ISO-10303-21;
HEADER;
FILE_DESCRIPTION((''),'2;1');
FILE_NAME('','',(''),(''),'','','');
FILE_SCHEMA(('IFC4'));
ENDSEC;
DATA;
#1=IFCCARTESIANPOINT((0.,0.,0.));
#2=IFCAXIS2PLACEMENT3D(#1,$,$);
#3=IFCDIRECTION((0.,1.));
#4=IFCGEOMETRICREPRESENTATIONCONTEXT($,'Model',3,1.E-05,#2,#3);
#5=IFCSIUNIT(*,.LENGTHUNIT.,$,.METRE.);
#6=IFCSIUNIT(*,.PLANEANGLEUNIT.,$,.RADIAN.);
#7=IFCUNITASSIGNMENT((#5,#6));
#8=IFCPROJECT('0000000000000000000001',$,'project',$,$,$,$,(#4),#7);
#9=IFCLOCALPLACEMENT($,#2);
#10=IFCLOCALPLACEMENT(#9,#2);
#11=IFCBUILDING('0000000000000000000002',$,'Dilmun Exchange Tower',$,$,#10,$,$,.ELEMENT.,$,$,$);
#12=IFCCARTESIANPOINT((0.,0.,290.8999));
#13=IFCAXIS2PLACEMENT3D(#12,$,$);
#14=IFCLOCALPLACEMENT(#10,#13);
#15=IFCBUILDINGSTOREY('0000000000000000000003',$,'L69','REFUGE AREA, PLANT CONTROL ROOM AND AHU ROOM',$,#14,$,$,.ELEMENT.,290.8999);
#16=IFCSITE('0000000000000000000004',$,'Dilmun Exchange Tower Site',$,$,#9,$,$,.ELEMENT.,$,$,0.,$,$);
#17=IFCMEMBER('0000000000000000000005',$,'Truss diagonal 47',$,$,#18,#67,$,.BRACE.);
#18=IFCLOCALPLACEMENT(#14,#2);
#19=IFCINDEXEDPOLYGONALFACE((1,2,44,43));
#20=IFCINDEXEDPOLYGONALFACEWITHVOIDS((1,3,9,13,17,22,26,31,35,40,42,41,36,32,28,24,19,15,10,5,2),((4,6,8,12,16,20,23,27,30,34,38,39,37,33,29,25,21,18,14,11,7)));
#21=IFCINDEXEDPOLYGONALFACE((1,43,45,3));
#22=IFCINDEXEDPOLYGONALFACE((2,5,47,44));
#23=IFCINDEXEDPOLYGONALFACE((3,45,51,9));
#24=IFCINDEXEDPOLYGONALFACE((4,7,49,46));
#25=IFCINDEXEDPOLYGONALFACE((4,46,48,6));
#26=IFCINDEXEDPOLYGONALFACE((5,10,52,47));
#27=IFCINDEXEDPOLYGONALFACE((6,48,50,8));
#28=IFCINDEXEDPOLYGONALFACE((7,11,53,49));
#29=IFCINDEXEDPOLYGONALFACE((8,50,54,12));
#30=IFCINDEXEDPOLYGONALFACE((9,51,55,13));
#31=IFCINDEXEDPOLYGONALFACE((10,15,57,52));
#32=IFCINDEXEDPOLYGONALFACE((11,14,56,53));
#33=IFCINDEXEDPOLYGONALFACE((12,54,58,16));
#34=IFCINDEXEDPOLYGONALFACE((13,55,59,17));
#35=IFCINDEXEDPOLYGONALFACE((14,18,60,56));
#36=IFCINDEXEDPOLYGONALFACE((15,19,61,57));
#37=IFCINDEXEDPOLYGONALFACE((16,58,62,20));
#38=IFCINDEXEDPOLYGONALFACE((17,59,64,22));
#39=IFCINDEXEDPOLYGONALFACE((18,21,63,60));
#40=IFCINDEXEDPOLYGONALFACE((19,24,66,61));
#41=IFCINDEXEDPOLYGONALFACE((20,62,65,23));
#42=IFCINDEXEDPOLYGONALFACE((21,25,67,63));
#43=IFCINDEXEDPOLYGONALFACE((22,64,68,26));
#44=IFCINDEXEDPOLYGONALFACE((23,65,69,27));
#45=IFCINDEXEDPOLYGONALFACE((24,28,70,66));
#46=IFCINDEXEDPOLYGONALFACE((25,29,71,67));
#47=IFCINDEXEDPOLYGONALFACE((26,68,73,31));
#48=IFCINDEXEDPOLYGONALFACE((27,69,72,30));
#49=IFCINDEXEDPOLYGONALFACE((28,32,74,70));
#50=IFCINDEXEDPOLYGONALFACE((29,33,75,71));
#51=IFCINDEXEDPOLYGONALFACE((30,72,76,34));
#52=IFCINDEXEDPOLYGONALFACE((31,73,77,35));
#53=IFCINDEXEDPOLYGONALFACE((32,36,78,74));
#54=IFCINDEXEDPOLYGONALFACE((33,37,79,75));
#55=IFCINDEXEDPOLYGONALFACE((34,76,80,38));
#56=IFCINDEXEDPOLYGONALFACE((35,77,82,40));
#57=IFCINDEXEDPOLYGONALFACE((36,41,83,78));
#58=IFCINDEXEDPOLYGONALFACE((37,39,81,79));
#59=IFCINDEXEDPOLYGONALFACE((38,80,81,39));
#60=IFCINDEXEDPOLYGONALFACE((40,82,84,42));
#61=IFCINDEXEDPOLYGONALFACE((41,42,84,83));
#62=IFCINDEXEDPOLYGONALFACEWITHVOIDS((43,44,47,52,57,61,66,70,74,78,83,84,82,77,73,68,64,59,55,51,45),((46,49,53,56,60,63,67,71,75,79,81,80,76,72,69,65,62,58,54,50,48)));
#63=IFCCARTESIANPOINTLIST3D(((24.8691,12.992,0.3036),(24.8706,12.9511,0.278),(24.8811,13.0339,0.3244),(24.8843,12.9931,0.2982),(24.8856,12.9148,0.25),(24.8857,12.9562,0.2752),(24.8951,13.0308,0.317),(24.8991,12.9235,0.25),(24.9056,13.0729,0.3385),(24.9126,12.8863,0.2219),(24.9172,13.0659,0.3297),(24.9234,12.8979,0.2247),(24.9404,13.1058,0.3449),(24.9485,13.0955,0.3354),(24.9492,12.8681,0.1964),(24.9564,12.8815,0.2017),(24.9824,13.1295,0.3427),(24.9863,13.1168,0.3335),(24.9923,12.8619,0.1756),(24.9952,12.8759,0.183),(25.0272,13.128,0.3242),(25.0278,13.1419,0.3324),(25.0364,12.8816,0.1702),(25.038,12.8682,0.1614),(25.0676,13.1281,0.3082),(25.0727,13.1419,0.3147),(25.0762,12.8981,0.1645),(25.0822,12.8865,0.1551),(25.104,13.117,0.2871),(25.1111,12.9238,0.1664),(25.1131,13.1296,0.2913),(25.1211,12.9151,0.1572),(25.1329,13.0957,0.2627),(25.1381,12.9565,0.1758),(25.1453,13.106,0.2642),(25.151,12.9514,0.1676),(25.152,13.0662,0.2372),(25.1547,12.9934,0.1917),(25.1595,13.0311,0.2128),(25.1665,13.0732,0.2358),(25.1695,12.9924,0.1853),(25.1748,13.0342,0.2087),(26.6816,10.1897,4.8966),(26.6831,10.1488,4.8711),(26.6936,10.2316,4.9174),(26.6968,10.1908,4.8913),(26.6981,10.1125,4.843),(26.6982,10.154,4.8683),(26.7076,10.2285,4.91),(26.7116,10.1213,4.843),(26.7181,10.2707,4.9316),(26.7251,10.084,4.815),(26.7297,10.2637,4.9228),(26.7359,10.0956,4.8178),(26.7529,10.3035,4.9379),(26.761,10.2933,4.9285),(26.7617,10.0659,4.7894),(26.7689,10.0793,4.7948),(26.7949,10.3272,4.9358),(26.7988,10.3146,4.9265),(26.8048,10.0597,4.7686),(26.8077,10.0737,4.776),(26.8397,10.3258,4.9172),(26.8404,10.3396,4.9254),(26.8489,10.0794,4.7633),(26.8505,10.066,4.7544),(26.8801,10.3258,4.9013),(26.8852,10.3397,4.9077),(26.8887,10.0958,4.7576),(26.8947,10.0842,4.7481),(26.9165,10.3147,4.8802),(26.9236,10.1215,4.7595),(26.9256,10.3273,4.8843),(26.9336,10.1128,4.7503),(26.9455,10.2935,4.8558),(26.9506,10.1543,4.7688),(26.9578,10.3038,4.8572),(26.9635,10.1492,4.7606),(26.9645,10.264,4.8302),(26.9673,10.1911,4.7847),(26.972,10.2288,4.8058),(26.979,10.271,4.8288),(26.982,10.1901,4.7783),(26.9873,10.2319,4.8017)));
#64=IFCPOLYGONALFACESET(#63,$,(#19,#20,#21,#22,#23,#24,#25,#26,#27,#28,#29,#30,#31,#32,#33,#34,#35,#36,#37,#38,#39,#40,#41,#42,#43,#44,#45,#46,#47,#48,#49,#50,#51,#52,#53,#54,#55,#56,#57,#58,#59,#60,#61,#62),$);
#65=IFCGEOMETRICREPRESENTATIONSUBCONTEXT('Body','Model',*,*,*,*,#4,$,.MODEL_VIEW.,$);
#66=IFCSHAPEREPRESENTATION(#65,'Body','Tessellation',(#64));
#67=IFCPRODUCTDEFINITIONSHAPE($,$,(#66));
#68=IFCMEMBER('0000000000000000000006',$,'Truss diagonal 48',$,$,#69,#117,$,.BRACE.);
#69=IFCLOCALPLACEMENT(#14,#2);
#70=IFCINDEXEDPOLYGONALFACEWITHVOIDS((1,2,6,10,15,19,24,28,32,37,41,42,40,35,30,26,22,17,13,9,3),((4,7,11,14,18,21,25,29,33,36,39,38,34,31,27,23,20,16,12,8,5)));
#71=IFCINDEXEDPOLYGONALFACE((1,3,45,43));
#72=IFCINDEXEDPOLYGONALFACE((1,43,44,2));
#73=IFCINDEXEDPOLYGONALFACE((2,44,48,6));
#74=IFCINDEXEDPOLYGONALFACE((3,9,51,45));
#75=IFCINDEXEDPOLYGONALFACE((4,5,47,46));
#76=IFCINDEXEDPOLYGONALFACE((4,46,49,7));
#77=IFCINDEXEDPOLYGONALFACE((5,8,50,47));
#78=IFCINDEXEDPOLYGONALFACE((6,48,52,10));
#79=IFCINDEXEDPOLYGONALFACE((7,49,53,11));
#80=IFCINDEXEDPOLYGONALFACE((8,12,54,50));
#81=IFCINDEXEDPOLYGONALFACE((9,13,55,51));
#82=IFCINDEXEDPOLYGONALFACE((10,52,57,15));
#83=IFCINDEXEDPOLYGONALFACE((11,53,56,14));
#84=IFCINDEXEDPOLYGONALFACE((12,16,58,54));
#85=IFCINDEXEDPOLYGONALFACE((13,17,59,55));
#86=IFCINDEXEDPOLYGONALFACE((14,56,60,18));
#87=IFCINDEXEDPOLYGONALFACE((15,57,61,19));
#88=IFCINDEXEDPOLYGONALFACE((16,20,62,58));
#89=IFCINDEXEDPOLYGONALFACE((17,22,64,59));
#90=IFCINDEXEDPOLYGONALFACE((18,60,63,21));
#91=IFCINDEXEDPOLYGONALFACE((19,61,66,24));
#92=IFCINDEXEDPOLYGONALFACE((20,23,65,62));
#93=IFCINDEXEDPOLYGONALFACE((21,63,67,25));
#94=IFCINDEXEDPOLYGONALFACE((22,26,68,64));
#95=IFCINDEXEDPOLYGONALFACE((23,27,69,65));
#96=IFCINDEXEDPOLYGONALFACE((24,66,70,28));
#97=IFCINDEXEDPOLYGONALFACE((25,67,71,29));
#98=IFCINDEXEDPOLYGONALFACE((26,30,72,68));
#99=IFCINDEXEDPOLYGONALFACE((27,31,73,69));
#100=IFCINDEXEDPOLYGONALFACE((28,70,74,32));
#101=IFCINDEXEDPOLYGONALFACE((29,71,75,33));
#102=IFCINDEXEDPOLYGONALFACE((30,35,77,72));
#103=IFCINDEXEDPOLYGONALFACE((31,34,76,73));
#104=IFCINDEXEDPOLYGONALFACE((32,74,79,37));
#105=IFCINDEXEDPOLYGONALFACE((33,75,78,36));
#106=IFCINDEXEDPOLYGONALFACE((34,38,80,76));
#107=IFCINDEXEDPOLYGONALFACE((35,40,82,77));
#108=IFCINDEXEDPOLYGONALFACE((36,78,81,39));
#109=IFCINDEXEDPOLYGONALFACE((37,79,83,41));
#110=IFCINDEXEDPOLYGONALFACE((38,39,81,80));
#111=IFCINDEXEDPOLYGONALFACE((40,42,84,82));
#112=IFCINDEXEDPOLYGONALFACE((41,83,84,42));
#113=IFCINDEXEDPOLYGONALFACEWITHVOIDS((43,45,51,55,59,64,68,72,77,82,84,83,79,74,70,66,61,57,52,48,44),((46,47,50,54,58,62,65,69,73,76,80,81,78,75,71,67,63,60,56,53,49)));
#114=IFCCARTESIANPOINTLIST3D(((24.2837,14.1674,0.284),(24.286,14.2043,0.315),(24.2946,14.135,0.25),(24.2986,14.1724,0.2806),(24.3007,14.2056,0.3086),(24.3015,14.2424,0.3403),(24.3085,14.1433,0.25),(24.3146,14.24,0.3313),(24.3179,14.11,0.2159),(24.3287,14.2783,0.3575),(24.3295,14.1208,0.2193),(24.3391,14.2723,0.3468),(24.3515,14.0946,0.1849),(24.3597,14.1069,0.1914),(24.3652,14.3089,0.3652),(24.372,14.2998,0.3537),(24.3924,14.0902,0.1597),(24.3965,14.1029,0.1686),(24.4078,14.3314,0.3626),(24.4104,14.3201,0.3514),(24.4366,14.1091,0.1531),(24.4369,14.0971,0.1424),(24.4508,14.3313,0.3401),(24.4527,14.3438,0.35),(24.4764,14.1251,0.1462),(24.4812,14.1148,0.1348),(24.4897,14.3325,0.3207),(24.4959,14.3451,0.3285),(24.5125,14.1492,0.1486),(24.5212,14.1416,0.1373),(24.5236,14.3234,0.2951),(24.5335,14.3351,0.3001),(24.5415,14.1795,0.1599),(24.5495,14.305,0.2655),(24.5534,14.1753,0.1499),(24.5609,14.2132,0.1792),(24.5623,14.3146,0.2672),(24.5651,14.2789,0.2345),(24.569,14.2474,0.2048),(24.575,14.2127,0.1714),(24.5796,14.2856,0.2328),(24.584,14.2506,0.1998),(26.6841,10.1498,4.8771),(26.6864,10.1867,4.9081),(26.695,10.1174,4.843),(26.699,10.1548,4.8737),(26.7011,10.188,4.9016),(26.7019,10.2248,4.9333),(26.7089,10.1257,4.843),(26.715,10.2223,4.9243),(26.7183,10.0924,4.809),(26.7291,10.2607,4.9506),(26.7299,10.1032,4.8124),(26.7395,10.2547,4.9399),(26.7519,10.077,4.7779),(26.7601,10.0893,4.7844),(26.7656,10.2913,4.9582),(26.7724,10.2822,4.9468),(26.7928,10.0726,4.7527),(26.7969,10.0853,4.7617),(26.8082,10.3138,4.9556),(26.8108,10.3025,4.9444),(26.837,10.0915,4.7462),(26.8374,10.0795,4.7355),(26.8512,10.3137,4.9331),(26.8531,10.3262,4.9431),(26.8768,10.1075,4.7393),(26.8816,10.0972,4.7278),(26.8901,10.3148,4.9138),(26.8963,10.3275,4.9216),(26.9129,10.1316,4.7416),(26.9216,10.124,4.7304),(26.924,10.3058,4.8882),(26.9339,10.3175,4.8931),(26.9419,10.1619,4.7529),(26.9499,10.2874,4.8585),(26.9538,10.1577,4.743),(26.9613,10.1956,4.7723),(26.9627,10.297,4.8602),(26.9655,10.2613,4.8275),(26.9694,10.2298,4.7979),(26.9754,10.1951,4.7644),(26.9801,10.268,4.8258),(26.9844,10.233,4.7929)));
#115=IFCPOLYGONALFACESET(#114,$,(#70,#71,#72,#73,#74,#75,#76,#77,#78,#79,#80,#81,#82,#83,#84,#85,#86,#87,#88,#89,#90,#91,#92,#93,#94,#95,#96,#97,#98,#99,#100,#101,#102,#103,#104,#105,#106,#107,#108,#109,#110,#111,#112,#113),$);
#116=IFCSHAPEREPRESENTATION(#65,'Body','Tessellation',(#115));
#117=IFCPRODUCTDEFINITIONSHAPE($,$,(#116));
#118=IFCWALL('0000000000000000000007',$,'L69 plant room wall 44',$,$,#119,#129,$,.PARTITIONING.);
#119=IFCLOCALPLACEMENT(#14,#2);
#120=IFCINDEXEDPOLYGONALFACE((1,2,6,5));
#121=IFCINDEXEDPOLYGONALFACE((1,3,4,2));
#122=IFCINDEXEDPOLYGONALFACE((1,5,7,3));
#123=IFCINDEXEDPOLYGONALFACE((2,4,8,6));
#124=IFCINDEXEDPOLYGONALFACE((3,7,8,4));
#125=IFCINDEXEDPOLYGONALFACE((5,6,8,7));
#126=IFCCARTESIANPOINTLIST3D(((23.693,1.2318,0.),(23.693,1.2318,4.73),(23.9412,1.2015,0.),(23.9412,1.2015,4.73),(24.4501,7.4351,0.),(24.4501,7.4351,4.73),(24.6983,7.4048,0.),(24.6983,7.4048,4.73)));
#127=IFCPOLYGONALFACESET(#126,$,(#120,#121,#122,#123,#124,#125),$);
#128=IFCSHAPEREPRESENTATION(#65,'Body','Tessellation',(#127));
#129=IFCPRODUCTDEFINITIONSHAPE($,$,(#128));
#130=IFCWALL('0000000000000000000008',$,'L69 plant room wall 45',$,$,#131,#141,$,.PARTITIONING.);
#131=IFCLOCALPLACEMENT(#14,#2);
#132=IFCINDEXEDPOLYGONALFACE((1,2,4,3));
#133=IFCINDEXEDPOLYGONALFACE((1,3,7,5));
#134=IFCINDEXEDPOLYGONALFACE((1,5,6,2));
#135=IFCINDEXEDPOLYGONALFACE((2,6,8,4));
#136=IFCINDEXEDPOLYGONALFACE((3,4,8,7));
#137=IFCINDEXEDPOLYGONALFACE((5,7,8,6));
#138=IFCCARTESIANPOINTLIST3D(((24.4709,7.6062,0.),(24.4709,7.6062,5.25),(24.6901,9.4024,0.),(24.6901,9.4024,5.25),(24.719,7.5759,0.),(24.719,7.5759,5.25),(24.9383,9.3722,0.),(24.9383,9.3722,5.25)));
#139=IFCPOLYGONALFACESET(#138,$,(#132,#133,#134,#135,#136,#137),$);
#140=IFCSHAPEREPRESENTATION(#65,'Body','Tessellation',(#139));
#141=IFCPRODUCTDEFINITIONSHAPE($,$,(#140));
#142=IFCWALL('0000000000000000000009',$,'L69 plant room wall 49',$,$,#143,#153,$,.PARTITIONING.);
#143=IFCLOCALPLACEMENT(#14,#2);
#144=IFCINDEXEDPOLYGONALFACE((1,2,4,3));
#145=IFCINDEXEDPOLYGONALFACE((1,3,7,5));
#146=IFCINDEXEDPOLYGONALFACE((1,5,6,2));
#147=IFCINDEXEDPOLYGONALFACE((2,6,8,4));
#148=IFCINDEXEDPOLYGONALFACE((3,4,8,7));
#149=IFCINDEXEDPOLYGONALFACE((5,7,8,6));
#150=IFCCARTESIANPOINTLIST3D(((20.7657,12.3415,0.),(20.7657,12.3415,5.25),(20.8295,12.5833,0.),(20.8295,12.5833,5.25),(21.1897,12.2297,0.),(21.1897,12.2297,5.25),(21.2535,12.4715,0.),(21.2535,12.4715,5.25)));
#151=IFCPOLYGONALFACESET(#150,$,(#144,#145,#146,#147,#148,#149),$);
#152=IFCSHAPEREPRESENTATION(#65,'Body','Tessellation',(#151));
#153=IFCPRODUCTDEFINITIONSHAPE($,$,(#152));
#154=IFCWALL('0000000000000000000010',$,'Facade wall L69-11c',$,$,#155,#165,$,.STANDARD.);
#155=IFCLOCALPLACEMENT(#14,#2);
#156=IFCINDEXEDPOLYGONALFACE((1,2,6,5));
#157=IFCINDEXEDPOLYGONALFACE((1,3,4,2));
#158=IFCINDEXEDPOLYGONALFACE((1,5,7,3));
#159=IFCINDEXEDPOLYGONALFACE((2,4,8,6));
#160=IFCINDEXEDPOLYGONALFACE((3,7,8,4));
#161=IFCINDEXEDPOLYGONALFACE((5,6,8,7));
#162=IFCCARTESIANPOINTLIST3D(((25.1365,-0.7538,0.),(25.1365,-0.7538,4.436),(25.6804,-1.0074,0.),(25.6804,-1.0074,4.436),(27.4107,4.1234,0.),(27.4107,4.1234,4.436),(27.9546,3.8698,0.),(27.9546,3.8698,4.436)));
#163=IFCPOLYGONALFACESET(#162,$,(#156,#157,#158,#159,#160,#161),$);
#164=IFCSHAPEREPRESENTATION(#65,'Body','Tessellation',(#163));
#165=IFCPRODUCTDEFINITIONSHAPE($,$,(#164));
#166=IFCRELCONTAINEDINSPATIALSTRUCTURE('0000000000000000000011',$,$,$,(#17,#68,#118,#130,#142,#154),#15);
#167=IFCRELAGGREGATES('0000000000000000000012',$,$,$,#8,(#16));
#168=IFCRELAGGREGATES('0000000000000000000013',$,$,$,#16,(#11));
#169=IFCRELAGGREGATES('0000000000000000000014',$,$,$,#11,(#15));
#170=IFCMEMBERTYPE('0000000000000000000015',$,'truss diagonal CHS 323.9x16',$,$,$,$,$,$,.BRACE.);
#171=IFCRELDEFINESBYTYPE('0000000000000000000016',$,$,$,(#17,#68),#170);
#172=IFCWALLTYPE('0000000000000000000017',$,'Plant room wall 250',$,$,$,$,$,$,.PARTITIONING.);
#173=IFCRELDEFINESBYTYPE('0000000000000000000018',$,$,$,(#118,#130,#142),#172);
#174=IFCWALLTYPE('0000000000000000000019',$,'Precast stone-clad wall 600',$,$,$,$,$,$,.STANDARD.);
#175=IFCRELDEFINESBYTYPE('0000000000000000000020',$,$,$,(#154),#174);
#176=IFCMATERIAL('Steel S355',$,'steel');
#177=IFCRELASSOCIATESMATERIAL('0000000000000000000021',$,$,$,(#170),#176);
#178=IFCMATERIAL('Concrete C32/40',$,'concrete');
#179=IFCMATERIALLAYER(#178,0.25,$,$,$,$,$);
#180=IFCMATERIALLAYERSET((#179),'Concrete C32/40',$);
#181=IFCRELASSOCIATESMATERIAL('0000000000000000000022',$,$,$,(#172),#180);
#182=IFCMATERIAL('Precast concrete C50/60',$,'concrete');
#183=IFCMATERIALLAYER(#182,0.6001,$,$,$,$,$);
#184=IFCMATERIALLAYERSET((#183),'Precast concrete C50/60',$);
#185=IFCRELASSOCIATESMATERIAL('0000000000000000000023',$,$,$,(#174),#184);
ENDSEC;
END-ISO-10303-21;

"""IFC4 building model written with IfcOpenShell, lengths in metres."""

from ifc_helpers import new_model, si_unit, direction, frame, frame_2d, origin, origin_2d, place, context, subcontext, project, spatial, rectangle, hollow_circle, extrude, material, layer, layer_set, material_profile, profile_set, type_object, element, save


model = new_model("IFC4")

# Units and contexts
model_context = context("Model", 3, precision=1e-05, world=origin(), true_north=direction((0.0, 1.0)))
body_context = subcontext(model_context, "Body", "Model", "MODEL_VIEW")
ifc_project = project(units=[si_unit("LENGTHUNIT", "METRE"), si_unit("PLANEANGLEUNIT", "RADIAN")], contexts=[model_context])

# Site, building, storey
site_placement = place(None, origin())
site = spatial("IfcSite", under=ifc_project, at=site_placement, Name="Dilmun Exchange Tower Site", CompositionType="ELEMENT", RefElevation=0.0)
building_placement = place(site_placement, origin())
building = spatial("IfcBuilding", under=site, at=building_placement, Name="Dilmun Exchange Tower", CompositionType="ELEMENT")
storey_placement = place(building_placement, frame((0.0, 0.0, 290.8999)))
storey = spatial("IfcBuildingStorey", under=building, at=storey_placement, Name="L69", Description="REFUGE AREA, PLANT CONTROL ROOM AND AHU ROOM", CompositionType="ELEMENT", Elevation=290.8999)

# Shared definitions
ifc_material_1 = material(Name="Steel S355", Category="steel")

# Members
ifc_material_profile_1 = material_profile(ifc_material_1, hollow_circle(Radius=0.1619, WallThickness=0.0161, at=origin_2d()), Name="CHS 323.9x16")
ifc_profile_set_1 = profile_set([ifc_material_profile_1], Name="Steel S355")
member_type = type_object("IfcMemberType", Name="truss diagonal CHS 323.9x16", PredefinedType="BRACE", material=ifc_profile_set_1)
member_1_placement = place(storey_placement, frame((26.834, 10.2004, 4.843), z_axis=(-0.319245, 0.493574, -0.808992), x_axis=(-0.839668, -0.5431, 0.0)))
element("IfcMember", 1, at=member_1_placement, inside=storey, type_object=member_type, Name="Truss diagonal 47", PredefinedType="BRACE", context=body_context, shape_type="SweptSolid", body=[
    extrude(hollow_circle(Radius=0.1619, WallThickness=0.0161, at=origin_2d()), origin(), (0.0, 0.0, 1.0), 5.6775),
])
member_2_placement = place(storey_placement, frame((26.834, 10.2004, 4.843), z_axis=(-0.366062, 0.612685, -0.70044), x_axis=(-0.858449, -0.512899, 0.0)))
element("IfcMember", 2, at=member_2_placement, inside=storey, type_object=member_type, Name="Truss diagonal 48", PredefinedType="BRACE", context=body_context, shape_type="SweptSolid", body=[
    extrude(hollow_circle(Radius=0.1619, WallThickness=0.0161, at=origin_2d()), origin(), (0.0, 0.0, 1.0), 6.5574),
])

# Walls
ifc_material_2 = material(Name="Concrete C32/40", Category="concrete")
ifc_layer_1 = layer(ifc_material_2, 0.25)
ifc_layer_set_1 = layer_set([ifc_layer_1], Name="Concrete C32/40")
wall_type_1 = type_object("IfcWallType", Name="Plant room wall 250", PredefinedType="PARTITIONING", material=ifc_layer_set_1)
wall_1_placement = place(storey_placement, frame((23.8171, 1.2168, 0.0), z_axis=(0.0, 0.0, 1.0), x_axis=(0.121149, 0.992634, 0.0)))
element("IfcWall", 3, at=wall_1_placement, inside=storey, type_object=wall_type_1, Name="L69 plant room wall 44", PredefinedType="PARTITIONING", context=body_context, shape_type="SweptSolid", body=[
    extrude(rectangle(XDim=6.2493, YDim=0.25, at=frame_2d((3.1245, 0.0))), origin(), (0.0, 0.0, 1.0), 4.73),
])
wall_2_placement = place(storey_placement, frame((24.595, 7.5911, 0.0), z_axis=(0.0, 0.0, 1.0), x_axis=(0.121161, 0.992633, 0.0)))
element("IfcWall", 4, at=wall_2_placement, inside=storey, type_object=wall_type_1, Name="L69 plant room wall 45", PredefinedType="PARTITIONING", context=body_context, shape_type="SweptSolid", body=[
    extrude(rectangle(XDim=1.8096, YDim=0.25, at=frame_2d((0.9048, 0.0))), origin(), (0.0, 0.0, 1.0), 5.25),
])
wall_3_placement = place(storey_placement, frame((20.7976, 12.4624, 0.0), z_axis=(0.0, 0.0, 1.0), x_axis=(0.966952, -0.254959, 0.0)))
element("IfcWall", 5, at=wall_3_placement, inside=storey, type_object=wall_type_1, Name="L69 plant room wall 49", PredefinedType="PARTITIONING", context=body_context, shape_type="SweptSolid", body=[
    extrude(rectangle(XDim=0.4385, YDim=0.25, at=frame_2d((0.2192, 0.0))), origin(), (0.0, 0.0, 1.0), 5.25),
])
ifc_material_3 = material(Name="Precast concrete C50/60", Category="concrete")
ifc_layer_2 = layer(ifc_material_3, 0.6001)
ifc_layer_set_2 = layer_set([ifc_layer_2], Name="Precast concrete C50/60")
wall_type_2 = type_object("IfcWallType", Name="Precast stone-clad wall 600", PredefinedType="STANDARD", material=ifc_layer_set_2)
wall_4_placement = place(storey_placement, frame((25.4084, -0.8806, 0.0), z_axis=(0.0, 0.0, 1.0), x_axis=(0.422602, 0.906315, 0.0)))
element("IfcWall", 6, at=wall_4_placement, inside=storey, type_object=wall_type_2, Name="Facade wall L69-11c", PredefinedType="STANDARD", context=body_context, shape_type="SweptSolid", body=[
    extrude(rectangle(XDim=5.3813, YDim=0.6001, at=frame_2d((2.6907, 0.0))), origin(), (0.0, 0.0, 1.0), 4.436),
])

save(model, "model.ifc")
